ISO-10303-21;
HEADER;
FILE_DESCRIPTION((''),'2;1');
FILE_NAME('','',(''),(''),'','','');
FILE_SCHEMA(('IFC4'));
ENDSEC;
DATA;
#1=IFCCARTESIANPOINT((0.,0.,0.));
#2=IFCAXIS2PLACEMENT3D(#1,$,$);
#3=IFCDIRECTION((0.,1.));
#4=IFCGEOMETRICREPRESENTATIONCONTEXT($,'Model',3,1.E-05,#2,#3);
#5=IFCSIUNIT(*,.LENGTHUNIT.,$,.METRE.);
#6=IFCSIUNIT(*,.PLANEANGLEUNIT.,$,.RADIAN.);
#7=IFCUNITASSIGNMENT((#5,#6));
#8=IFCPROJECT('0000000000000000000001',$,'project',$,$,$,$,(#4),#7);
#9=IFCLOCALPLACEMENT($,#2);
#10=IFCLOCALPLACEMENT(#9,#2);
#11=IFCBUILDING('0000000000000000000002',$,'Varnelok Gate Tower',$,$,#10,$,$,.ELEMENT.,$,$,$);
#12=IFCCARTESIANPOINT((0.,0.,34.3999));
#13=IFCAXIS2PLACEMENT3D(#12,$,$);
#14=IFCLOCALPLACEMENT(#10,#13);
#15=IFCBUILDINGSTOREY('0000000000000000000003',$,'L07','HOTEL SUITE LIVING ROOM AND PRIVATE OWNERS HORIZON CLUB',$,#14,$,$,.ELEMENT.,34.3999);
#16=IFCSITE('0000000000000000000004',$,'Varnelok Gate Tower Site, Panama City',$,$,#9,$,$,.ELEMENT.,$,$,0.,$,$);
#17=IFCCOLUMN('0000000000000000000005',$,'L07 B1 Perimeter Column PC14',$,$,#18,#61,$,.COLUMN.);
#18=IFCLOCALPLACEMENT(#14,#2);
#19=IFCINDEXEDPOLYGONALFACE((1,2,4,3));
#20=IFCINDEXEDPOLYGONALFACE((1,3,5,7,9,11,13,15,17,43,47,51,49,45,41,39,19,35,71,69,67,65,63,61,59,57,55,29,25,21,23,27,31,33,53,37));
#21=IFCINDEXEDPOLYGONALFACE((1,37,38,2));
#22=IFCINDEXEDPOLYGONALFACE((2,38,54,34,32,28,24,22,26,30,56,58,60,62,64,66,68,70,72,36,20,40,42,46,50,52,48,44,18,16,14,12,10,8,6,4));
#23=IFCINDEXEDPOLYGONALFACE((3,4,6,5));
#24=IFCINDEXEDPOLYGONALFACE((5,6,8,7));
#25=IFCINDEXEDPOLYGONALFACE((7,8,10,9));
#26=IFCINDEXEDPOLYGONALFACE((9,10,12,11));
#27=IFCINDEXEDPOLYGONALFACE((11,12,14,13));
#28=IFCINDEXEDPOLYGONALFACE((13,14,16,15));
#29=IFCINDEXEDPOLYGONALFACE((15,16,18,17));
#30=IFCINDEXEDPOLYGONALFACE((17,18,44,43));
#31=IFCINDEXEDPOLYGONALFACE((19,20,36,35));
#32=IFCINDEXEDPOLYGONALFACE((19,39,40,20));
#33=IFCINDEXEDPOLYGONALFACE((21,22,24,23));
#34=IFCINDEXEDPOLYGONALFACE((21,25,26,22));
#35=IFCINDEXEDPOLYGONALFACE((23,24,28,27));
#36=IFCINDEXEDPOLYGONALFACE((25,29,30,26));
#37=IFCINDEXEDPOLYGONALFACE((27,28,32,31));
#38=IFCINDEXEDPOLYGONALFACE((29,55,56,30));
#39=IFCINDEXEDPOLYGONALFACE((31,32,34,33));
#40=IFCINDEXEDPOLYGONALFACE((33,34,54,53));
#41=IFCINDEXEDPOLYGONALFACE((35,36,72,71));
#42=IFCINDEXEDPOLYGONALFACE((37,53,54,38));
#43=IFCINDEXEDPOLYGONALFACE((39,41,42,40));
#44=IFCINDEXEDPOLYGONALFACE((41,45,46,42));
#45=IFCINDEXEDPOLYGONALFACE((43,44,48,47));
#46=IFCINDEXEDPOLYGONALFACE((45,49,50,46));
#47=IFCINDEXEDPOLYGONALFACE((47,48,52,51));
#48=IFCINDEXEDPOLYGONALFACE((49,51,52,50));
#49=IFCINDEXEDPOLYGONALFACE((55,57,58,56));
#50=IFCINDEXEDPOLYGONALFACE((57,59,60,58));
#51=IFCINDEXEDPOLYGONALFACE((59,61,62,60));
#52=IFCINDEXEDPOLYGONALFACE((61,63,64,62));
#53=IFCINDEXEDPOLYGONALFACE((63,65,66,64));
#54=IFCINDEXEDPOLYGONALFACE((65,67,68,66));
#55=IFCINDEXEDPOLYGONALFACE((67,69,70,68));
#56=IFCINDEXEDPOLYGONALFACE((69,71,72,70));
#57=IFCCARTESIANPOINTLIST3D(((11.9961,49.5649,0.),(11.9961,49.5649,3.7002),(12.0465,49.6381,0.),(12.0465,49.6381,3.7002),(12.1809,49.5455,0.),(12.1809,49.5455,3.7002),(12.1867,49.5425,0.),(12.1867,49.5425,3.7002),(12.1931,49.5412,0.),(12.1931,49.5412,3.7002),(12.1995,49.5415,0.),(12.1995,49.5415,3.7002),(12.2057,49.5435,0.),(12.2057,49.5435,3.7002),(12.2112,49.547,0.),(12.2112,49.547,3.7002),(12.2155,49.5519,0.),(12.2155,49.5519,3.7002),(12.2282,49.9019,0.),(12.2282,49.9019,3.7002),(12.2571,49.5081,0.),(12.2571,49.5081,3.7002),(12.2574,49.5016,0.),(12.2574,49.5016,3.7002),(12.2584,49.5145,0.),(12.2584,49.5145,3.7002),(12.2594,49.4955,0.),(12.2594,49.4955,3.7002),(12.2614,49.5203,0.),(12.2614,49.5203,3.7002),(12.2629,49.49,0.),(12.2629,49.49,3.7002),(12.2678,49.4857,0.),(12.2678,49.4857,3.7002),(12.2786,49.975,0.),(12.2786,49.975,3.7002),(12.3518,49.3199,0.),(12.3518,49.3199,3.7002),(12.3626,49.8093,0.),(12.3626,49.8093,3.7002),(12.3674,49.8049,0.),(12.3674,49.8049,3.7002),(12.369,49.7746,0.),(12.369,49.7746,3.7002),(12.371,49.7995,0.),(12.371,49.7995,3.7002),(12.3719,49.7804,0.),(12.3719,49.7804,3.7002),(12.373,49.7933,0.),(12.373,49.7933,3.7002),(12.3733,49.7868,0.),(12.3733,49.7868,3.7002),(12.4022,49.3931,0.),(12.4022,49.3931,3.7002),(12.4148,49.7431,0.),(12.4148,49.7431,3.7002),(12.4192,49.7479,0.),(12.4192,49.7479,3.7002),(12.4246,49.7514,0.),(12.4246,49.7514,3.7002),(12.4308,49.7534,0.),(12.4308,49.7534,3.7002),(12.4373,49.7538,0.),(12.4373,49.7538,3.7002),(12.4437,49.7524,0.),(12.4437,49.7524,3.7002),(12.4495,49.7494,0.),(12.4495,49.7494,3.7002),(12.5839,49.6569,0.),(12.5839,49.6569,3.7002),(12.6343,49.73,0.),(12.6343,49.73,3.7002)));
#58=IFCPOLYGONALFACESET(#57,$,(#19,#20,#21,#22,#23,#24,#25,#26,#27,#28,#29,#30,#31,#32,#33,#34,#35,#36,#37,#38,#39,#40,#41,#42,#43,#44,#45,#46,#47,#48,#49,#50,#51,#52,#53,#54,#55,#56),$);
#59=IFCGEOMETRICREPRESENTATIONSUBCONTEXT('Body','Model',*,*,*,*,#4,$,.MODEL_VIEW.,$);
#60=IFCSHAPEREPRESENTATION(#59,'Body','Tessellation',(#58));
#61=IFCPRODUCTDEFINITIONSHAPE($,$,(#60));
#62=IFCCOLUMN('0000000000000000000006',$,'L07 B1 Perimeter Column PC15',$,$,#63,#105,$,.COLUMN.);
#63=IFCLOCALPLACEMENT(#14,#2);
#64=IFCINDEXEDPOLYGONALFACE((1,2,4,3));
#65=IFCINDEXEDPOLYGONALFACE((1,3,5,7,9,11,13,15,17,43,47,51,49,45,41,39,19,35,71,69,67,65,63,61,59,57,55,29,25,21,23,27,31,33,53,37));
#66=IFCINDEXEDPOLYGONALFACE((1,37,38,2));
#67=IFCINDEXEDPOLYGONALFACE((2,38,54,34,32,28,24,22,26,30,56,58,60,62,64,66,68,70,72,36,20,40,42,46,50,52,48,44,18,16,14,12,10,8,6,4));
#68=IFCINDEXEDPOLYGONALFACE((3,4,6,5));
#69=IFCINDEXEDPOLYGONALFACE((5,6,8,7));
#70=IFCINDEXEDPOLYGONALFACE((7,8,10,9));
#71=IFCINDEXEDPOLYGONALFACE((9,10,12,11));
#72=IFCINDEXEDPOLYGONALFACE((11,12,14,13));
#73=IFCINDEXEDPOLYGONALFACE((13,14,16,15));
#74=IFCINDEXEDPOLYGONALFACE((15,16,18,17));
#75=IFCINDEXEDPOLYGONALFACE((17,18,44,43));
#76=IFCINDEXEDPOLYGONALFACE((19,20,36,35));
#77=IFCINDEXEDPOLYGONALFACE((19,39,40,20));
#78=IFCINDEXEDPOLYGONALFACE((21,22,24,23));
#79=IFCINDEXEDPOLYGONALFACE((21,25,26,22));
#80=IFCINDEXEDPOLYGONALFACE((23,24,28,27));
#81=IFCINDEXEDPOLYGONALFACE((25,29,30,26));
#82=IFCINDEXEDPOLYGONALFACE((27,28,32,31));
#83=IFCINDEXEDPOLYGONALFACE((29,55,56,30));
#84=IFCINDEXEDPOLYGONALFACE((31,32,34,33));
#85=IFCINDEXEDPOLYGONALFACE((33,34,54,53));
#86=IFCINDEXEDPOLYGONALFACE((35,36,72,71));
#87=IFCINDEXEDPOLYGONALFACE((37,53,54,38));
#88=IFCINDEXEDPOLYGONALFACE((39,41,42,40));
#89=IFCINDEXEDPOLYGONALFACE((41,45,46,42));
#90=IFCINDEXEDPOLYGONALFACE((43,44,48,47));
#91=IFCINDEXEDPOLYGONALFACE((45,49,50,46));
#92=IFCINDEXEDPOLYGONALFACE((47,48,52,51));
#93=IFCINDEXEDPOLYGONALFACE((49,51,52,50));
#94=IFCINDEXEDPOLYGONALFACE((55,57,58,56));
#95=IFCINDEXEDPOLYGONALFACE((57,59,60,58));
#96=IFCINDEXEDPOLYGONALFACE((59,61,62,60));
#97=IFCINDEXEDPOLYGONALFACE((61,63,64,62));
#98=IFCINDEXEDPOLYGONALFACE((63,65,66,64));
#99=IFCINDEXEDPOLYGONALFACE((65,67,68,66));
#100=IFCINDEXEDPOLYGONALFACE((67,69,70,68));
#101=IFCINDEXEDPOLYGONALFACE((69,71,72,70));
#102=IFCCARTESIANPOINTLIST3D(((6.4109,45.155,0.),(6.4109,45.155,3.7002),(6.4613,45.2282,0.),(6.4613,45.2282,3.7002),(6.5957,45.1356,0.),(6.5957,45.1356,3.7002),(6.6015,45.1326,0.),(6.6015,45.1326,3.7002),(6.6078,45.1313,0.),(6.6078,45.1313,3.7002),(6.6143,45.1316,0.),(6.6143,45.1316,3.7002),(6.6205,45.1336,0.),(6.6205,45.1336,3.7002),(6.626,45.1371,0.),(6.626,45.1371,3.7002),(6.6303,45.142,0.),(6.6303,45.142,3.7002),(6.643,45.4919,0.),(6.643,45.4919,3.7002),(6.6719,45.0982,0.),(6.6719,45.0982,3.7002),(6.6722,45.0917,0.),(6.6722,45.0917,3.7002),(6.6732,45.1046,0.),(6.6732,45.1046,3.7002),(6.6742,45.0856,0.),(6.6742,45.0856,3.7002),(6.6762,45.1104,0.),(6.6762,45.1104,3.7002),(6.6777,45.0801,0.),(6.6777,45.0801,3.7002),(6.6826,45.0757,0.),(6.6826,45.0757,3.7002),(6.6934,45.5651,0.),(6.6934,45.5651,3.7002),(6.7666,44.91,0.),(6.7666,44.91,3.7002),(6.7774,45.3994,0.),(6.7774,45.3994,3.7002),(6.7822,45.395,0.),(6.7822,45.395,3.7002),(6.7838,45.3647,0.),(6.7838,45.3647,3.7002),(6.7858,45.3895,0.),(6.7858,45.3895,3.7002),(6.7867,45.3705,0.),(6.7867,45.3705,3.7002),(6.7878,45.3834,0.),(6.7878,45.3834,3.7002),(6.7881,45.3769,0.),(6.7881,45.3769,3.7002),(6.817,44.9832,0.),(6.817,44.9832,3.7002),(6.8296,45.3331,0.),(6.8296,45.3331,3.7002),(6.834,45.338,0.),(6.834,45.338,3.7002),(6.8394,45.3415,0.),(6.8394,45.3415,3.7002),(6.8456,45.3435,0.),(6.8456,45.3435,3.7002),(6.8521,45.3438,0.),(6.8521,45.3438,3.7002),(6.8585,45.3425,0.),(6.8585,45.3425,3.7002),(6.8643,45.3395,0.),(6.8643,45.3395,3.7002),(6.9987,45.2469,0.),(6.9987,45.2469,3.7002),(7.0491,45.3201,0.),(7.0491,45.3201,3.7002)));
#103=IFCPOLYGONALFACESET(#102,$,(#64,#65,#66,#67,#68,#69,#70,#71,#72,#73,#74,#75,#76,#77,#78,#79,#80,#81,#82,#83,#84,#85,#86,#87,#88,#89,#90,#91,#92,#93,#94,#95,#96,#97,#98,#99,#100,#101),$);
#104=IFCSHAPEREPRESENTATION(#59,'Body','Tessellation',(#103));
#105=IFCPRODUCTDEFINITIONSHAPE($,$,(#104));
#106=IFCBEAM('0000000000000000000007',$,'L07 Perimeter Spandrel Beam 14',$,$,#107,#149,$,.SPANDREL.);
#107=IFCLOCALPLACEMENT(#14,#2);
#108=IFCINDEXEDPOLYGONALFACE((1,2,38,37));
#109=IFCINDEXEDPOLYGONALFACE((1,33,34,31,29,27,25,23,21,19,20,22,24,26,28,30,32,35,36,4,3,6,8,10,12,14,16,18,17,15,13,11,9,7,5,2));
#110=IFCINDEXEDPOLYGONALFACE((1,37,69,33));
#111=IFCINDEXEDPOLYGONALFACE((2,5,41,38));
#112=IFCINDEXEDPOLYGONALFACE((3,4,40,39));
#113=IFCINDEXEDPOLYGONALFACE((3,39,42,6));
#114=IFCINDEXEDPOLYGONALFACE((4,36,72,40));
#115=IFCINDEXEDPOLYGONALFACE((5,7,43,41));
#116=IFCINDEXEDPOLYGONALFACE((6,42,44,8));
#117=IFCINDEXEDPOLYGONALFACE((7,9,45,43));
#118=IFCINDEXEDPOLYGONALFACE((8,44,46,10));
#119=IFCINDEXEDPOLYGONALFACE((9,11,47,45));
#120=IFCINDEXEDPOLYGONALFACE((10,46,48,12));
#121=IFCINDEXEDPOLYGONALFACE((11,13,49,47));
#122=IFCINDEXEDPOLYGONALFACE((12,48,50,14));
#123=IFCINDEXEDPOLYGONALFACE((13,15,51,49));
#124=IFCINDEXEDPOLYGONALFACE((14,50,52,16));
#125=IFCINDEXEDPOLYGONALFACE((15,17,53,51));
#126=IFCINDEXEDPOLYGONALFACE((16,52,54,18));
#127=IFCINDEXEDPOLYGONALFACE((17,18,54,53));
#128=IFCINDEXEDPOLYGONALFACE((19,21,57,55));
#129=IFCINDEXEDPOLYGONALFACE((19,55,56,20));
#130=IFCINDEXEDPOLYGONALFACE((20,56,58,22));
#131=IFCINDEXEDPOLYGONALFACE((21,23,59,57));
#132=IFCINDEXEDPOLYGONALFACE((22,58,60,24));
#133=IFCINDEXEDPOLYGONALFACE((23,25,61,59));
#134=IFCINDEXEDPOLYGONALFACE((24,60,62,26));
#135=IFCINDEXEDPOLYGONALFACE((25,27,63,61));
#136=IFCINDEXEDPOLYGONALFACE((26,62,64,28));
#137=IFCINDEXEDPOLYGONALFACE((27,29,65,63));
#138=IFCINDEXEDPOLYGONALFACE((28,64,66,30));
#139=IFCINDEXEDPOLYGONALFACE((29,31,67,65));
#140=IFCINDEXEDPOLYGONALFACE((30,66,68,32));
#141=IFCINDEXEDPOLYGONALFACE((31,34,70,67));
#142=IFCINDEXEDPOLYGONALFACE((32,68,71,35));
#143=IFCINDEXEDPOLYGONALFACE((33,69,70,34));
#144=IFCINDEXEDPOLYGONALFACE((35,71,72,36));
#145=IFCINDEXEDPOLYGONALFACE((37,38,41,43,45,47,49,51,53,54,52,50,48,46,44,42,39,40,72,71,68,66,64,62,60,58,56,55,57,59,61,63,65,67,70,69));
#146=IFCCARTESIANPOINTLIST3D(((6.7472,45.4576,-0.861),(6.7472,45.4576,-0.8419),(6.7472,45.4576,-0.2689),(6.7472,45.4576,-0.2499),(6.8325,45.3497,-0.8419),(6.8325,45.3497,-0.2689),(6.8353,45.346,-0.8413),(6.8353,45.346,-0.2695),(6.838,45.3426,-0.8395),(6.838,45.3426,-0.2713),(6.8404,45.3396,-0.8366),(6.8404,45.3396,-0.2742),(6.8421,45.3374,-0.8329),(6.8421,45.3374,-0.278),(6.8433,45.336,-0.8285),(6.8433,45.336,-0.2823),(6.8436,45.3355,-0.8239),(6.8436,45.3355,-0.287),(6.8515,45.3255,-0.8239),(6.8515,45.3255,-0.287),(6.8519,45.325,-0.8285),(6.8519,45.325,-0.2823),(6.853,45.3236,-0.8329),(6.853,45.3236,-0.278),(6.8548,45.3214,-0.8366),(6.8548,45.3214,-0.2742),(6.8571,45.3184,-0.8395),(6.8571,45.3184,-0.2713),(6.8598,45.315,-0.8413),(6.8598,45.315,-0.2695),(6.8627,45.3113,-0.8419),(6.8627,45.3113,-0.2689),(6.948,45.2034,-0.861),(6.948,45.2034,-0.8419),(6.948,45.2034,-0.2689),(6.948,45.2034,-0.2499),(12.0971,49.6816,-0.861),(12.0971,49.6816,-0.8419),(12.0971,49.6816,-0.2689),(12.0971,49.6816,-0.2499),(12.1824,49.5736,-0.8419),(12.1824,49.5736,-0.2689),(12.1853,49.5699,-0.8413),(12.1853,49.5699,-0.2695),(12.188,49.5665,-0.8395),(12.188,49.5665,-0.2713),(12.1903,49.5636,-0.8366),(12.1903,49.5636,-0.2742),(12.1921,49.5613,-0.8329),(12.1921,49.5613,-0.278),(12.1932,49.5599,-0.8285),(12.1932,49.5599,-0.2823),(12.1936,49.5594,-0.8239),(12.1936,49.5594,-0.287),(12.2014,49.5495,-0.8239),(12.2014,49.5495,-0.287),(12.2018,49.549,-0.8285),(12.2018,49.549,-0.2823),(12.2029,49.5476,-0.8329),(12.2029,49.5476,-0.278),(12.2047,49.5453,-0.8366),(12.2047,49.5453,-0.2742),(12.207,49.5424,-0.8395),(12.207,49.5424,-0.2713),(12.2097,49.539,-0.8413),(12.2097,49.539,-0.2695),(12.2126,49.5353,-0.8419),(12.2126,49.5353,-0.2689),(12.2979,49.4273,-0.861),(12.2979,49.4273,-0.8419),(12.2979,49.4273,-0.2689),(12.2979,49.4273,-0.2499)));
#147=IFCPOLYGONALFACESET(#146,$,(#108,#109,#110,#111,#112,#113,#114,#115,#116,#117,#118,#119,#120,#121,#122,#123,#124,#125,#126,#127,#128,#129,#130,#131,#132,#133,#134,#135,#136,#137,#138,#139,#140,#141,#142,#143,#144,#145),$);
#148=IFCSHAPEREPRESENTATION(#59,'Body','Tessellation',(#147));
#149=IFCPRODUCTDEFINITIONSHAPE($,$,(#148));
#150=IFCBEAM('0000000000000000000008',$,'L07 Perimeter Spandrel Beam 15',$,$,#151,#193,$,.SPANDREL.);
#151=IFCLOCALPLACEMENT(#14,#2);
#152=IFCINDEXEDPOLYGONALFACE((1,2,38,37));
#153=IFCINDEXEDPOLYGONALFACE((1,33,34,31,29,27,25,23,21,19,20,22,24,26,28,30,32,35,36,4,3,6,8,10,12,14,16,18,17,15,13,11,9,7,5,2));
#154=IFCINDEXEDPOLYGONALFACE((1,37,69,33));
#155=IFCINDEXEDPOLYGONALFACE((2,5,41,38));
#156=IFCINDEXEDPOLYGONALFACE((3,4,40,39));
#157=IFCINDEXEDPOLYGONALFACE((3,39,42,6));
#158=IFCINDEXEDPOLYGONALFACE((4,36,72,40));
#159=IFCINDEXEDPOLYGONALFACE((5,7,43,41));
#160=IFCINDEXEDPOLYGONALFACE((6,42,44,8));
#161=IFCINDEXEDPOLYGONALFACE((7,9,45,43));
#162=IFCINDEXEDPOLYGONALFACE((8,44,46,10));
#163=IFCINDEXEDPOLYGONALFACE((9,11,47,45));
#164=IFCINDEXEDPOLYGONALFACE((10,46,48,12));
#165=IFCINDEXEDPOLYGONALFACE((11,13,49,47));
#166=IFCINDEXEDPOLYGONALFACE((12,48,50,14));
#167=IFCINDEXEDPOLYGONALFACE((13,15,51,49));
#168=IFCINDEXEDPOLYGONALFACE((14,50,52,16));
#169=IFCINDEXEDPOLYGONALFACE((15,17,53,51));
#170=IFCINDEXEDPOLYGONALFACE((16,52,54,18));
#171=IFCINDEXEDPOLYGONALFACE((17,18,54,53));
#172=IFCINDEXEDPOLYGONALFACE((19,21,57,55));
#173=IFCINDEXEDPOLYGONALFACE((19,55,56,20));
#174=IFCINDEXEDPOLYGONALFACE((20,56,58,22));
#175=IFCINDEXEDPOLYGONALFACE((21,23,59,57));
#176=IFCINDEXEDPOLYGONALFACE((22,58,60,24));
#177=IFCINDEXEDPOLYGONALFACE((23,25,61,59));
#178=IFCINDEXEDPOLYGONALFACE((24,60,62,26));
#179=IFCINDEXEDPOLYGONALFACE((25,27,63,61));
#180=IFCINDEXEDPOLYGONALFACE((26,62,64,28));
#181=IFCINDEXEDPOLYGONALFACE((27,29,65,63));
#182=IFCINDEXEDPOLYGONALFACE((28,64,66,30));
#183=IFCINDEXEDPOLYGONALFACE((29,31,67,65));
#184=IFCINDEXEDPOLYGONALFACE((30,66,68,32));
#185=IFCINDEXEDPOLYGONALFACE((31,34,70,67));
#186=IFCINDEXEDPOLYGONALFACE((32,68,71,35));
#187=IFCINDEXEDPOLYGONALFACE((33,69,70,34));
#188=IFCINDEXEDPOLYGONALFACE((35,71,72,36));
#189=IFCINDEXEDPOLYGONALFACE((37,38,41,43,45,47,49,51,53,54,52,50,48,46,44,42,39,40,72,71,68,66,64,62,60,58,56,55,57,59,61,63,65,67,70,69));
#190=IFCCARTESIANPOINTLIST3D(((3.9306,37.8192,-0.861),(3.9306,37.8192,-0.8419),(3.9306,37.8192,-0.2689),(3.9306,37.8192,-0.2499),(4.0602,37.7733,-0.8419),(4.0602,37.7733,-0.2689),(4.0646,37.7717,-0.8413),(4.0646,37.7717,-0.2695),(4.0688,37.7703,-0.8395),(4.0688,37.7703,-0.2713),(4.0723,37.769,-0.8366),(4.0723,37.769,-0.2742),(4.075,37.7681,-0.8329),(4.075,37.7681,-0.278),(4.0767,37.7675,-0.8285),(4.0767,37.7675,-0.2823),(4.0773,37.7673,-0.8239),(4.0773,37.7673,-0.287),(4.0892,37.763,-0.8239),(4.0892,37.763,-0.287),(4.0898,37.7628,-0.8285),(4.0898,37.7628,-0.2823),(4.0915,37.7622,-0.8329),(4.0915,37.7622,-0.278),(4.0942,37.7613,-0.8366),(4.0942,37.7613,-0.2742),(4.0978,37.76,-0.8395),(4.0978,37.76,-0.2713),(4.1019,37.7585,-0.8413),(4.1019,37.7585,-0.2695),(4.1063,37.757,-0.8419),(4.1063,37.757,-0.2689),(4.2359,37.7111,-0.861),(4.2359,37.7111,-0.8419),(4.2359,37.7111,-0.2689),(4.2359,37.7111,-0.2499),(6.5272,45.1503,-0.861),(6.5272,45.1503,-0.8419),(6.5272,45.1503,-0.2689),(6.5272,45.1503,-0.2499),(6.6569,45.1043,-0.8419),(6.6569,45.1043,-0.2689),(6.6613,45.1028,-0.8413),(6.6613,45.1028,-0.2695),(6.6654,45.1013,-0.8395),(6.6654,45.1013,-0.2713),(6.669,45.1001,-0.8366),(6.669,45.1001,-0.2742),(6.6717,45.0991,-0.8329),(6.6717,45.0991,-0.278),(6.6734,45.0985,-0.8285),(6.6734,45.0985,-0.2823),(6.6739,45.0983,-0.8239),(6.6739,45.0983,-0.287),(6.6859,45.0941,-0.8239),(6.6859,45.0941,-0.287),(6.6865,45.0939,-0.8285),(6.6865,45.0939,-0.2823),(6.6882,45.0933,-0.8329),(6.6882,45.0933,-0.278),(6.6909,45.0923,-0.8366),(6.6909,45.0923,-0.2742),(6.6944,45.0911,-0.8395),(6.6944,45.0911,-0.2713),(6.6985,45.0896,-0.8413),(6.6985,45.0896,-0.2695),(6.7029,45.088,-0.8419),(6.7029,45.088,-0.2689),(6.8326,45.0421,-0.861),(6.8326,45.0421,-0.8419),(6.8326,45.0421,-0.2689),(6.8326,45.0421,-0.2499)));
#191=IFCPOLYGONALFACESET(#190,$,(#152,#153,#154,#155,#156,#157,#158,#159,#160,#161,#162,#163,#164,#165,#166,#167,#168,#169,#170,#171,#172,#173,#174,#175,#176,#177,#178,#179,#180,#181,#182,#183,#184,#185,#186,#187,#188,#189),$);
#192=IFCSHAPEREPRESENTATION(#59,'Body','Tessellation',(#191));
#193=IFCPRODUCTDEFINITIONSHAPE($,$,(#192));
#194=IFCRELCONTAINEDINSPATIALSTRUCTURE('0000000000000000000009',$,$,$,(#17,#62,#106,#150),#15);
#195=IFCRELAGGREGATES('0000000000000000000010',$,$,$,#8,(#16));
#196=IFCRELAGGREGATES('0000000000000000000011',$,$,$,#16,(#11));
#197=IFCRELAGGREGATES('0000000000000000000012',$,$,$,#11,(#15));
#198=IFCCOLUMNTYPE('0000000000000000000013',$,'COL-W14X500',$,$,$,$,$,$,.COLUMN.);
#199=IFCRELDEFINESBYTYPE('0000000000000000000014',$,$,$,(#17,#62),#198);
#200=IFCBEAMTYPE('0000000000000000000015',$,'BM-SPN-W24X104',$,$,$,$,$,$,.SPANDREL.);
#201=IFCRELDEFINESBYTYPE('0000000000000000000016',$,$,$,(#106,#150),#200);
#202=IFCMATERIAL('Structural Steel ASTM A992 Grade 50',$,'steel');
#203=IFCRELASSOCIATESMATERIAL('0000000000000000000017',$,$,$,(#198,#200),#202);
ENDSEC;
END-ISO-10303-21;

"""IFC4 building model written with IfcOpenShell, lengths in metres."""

from ifc_helpers import new_model, si_unit, direction, frame, origin, origin_2d, place, context, subcontext, project, spatial, i_section, extrude, material, material_profile, profile_set, type_object, element, save


model = new_model("IFC4")

# Units and contexts
model_context = context("Model", 3, precision=1e-05, world=origin(), true_north=direction((0.0, 1.0)))
body_context = subcontext(model_context, "Body", "Model", "MODEL_VIEW")
ifc_project = project(units=[si_unit("LENGTHUNIT", "METRE"), si_unit("PLANEANGLEUNIT", "RADIAN")], contexts=[model_context])

# Site, building, storey
site_placement = place(None, origin())
site = spatial("IfcSite", under=ifc_project, at=site_placement, Name="Varnelok Gate Tower Site, Panama City", CompositionType="ELEMENT", RefElevation=0.0)
building_placement = place(site_placement, origin())
building = spatial("IfcBuilding", under=site, at=building_placement, Name="Varnelok Gate Tower", CompositionType="ELEMENT")
storey_placement = place(building_placement, frame((0.0, 0.0, 34.3999)))
storey = spatial("IfcBuildingStorey", under=building, at=storey_placement, Name="L07", Description="HOTEL SUITE LIVING ROOM AND PRIVATE OWNERS HORIZON CLUB", CompositionType="ELEMENT", Elevation=34.3999)

# Columns
ifc_material_1 = material(Name="Structural Steel ASTM A992 Grade 50", Category="steel")
ifc_material_profile_1 = material_profile(ifc_material_1, i_section(OverallWidth=0.4319, OverallDepth=0.498, WebThickness=0.0557, FlangeThickness=0.0889, FilletRadius=0.0249, at=origin_2d()), Name="W14X500")
ifc_profile_set_1 = profile_set([ifc_material_profile_1], Name="Structural Steel ASTM A992 Grade 50")
column_type = type_object("IfcColumnType", Name="COL-W14X500", PredefinedType="COLUMN", material=ifc_profile_set_1)
for number, where, z_axis, x_axis, name in (
    (1, (12.3152, 49.6475, 0.0), (0.0, 0.0, 1.0), (0.823533, -0.567269, 0.0), "L07 B1 Perimeter Column PC14"),
    (2, (6.73, 45.2375, 0.0), (0.0, 0.0, 1.0), (0.823533, -0.567269, 0.0), "L07 B1 Perimeter Column PC15"),
):
    element("IfcColumn", number, at=place(storey_placement, frame(where, z_axis=z_axis, x_axis=x_axis)), inside=storey, type_object=column_type, Name=name, PredefinedType="COLUMN", context=body_context, shape_type="SweptSolid", body=[
        extrude(i_section(OverallWidth=0.4319, OverallDepth=0.498, WebThickness=0.0557, FlangeThickness=0.0889, FilletRadius=0.0249, at=origin_2d()), origin(), (0.0, 0.0, 1.0), 3.7002),
    ])

# Beams
ifc_material_profile_2 = material_profile(ifc_material_1, i_section(OverallWidth=0.324, OverallDepth=0.6111, WebThickness=0.0127, FlangeThickness=0.019, FilletRadius=0.0181, at=origin_2d()), Name="W24X104")
ifc_profile_set_2 = profile_set([ifc_material_profile_2], Name="Structural Steel ASTM A992 Grade 50")
beam_type = type_object("IfcBeamType", Name="BM-SPN-W24X104", PredefinedType="SPANDREL", material=ifc_profile_set_2)
beam_1_placement = place(storey_placement, frame((12.1975, 49.5544, -0.5554), z_axis=(-0.784861, -0.619672, 0.0), x_axis=(0.619672, -0.784861, 0.0)))
element("IfcBeam", 3, at=beam_1_placement, inside=storey, type_object=beam_type, Name="L07 Perimeter Spandrel Beam 14", PredefinedType="SPANDREL", context=body_context, shape_type="SweptSolid", body=[
    extrude(i_section(OverallWidth=0.324, OverallDepth=0.6111, WebThickness=0.0127, FlangeThickness=0.019, FilletRadius=0.0181, at=origin_2d()), origin(), (0.0, 0.0, 1.0), 6.8164),
])
beam_2_placement = place(storey_placement, frame((6.6799, 45.0962, -0.5554), z_axis=(-0.333877, -0.942617, 0.0), x_axis=(0.942617, -0.333877, 0.0)))
element("IfcBeam", 4, at=beam_2_placement, inside=storey, type_object=beam_type, Name="L07 Perimeter Spandrel Beam 15", PredefinedType="SPANDREL", context=body_context, shape_type="SweptSolid", body=[
    extrude(i_section(OverallWidth=0.324, OverallDepth=0.6111, WebThickness=0.0127, FlangeThickness=0.019, FilletRadius=0.0181, at=origin_2d()), origin(), (0.0, 0.0, 1.0), 7.7773),
])

save(model, "model.ifc")
